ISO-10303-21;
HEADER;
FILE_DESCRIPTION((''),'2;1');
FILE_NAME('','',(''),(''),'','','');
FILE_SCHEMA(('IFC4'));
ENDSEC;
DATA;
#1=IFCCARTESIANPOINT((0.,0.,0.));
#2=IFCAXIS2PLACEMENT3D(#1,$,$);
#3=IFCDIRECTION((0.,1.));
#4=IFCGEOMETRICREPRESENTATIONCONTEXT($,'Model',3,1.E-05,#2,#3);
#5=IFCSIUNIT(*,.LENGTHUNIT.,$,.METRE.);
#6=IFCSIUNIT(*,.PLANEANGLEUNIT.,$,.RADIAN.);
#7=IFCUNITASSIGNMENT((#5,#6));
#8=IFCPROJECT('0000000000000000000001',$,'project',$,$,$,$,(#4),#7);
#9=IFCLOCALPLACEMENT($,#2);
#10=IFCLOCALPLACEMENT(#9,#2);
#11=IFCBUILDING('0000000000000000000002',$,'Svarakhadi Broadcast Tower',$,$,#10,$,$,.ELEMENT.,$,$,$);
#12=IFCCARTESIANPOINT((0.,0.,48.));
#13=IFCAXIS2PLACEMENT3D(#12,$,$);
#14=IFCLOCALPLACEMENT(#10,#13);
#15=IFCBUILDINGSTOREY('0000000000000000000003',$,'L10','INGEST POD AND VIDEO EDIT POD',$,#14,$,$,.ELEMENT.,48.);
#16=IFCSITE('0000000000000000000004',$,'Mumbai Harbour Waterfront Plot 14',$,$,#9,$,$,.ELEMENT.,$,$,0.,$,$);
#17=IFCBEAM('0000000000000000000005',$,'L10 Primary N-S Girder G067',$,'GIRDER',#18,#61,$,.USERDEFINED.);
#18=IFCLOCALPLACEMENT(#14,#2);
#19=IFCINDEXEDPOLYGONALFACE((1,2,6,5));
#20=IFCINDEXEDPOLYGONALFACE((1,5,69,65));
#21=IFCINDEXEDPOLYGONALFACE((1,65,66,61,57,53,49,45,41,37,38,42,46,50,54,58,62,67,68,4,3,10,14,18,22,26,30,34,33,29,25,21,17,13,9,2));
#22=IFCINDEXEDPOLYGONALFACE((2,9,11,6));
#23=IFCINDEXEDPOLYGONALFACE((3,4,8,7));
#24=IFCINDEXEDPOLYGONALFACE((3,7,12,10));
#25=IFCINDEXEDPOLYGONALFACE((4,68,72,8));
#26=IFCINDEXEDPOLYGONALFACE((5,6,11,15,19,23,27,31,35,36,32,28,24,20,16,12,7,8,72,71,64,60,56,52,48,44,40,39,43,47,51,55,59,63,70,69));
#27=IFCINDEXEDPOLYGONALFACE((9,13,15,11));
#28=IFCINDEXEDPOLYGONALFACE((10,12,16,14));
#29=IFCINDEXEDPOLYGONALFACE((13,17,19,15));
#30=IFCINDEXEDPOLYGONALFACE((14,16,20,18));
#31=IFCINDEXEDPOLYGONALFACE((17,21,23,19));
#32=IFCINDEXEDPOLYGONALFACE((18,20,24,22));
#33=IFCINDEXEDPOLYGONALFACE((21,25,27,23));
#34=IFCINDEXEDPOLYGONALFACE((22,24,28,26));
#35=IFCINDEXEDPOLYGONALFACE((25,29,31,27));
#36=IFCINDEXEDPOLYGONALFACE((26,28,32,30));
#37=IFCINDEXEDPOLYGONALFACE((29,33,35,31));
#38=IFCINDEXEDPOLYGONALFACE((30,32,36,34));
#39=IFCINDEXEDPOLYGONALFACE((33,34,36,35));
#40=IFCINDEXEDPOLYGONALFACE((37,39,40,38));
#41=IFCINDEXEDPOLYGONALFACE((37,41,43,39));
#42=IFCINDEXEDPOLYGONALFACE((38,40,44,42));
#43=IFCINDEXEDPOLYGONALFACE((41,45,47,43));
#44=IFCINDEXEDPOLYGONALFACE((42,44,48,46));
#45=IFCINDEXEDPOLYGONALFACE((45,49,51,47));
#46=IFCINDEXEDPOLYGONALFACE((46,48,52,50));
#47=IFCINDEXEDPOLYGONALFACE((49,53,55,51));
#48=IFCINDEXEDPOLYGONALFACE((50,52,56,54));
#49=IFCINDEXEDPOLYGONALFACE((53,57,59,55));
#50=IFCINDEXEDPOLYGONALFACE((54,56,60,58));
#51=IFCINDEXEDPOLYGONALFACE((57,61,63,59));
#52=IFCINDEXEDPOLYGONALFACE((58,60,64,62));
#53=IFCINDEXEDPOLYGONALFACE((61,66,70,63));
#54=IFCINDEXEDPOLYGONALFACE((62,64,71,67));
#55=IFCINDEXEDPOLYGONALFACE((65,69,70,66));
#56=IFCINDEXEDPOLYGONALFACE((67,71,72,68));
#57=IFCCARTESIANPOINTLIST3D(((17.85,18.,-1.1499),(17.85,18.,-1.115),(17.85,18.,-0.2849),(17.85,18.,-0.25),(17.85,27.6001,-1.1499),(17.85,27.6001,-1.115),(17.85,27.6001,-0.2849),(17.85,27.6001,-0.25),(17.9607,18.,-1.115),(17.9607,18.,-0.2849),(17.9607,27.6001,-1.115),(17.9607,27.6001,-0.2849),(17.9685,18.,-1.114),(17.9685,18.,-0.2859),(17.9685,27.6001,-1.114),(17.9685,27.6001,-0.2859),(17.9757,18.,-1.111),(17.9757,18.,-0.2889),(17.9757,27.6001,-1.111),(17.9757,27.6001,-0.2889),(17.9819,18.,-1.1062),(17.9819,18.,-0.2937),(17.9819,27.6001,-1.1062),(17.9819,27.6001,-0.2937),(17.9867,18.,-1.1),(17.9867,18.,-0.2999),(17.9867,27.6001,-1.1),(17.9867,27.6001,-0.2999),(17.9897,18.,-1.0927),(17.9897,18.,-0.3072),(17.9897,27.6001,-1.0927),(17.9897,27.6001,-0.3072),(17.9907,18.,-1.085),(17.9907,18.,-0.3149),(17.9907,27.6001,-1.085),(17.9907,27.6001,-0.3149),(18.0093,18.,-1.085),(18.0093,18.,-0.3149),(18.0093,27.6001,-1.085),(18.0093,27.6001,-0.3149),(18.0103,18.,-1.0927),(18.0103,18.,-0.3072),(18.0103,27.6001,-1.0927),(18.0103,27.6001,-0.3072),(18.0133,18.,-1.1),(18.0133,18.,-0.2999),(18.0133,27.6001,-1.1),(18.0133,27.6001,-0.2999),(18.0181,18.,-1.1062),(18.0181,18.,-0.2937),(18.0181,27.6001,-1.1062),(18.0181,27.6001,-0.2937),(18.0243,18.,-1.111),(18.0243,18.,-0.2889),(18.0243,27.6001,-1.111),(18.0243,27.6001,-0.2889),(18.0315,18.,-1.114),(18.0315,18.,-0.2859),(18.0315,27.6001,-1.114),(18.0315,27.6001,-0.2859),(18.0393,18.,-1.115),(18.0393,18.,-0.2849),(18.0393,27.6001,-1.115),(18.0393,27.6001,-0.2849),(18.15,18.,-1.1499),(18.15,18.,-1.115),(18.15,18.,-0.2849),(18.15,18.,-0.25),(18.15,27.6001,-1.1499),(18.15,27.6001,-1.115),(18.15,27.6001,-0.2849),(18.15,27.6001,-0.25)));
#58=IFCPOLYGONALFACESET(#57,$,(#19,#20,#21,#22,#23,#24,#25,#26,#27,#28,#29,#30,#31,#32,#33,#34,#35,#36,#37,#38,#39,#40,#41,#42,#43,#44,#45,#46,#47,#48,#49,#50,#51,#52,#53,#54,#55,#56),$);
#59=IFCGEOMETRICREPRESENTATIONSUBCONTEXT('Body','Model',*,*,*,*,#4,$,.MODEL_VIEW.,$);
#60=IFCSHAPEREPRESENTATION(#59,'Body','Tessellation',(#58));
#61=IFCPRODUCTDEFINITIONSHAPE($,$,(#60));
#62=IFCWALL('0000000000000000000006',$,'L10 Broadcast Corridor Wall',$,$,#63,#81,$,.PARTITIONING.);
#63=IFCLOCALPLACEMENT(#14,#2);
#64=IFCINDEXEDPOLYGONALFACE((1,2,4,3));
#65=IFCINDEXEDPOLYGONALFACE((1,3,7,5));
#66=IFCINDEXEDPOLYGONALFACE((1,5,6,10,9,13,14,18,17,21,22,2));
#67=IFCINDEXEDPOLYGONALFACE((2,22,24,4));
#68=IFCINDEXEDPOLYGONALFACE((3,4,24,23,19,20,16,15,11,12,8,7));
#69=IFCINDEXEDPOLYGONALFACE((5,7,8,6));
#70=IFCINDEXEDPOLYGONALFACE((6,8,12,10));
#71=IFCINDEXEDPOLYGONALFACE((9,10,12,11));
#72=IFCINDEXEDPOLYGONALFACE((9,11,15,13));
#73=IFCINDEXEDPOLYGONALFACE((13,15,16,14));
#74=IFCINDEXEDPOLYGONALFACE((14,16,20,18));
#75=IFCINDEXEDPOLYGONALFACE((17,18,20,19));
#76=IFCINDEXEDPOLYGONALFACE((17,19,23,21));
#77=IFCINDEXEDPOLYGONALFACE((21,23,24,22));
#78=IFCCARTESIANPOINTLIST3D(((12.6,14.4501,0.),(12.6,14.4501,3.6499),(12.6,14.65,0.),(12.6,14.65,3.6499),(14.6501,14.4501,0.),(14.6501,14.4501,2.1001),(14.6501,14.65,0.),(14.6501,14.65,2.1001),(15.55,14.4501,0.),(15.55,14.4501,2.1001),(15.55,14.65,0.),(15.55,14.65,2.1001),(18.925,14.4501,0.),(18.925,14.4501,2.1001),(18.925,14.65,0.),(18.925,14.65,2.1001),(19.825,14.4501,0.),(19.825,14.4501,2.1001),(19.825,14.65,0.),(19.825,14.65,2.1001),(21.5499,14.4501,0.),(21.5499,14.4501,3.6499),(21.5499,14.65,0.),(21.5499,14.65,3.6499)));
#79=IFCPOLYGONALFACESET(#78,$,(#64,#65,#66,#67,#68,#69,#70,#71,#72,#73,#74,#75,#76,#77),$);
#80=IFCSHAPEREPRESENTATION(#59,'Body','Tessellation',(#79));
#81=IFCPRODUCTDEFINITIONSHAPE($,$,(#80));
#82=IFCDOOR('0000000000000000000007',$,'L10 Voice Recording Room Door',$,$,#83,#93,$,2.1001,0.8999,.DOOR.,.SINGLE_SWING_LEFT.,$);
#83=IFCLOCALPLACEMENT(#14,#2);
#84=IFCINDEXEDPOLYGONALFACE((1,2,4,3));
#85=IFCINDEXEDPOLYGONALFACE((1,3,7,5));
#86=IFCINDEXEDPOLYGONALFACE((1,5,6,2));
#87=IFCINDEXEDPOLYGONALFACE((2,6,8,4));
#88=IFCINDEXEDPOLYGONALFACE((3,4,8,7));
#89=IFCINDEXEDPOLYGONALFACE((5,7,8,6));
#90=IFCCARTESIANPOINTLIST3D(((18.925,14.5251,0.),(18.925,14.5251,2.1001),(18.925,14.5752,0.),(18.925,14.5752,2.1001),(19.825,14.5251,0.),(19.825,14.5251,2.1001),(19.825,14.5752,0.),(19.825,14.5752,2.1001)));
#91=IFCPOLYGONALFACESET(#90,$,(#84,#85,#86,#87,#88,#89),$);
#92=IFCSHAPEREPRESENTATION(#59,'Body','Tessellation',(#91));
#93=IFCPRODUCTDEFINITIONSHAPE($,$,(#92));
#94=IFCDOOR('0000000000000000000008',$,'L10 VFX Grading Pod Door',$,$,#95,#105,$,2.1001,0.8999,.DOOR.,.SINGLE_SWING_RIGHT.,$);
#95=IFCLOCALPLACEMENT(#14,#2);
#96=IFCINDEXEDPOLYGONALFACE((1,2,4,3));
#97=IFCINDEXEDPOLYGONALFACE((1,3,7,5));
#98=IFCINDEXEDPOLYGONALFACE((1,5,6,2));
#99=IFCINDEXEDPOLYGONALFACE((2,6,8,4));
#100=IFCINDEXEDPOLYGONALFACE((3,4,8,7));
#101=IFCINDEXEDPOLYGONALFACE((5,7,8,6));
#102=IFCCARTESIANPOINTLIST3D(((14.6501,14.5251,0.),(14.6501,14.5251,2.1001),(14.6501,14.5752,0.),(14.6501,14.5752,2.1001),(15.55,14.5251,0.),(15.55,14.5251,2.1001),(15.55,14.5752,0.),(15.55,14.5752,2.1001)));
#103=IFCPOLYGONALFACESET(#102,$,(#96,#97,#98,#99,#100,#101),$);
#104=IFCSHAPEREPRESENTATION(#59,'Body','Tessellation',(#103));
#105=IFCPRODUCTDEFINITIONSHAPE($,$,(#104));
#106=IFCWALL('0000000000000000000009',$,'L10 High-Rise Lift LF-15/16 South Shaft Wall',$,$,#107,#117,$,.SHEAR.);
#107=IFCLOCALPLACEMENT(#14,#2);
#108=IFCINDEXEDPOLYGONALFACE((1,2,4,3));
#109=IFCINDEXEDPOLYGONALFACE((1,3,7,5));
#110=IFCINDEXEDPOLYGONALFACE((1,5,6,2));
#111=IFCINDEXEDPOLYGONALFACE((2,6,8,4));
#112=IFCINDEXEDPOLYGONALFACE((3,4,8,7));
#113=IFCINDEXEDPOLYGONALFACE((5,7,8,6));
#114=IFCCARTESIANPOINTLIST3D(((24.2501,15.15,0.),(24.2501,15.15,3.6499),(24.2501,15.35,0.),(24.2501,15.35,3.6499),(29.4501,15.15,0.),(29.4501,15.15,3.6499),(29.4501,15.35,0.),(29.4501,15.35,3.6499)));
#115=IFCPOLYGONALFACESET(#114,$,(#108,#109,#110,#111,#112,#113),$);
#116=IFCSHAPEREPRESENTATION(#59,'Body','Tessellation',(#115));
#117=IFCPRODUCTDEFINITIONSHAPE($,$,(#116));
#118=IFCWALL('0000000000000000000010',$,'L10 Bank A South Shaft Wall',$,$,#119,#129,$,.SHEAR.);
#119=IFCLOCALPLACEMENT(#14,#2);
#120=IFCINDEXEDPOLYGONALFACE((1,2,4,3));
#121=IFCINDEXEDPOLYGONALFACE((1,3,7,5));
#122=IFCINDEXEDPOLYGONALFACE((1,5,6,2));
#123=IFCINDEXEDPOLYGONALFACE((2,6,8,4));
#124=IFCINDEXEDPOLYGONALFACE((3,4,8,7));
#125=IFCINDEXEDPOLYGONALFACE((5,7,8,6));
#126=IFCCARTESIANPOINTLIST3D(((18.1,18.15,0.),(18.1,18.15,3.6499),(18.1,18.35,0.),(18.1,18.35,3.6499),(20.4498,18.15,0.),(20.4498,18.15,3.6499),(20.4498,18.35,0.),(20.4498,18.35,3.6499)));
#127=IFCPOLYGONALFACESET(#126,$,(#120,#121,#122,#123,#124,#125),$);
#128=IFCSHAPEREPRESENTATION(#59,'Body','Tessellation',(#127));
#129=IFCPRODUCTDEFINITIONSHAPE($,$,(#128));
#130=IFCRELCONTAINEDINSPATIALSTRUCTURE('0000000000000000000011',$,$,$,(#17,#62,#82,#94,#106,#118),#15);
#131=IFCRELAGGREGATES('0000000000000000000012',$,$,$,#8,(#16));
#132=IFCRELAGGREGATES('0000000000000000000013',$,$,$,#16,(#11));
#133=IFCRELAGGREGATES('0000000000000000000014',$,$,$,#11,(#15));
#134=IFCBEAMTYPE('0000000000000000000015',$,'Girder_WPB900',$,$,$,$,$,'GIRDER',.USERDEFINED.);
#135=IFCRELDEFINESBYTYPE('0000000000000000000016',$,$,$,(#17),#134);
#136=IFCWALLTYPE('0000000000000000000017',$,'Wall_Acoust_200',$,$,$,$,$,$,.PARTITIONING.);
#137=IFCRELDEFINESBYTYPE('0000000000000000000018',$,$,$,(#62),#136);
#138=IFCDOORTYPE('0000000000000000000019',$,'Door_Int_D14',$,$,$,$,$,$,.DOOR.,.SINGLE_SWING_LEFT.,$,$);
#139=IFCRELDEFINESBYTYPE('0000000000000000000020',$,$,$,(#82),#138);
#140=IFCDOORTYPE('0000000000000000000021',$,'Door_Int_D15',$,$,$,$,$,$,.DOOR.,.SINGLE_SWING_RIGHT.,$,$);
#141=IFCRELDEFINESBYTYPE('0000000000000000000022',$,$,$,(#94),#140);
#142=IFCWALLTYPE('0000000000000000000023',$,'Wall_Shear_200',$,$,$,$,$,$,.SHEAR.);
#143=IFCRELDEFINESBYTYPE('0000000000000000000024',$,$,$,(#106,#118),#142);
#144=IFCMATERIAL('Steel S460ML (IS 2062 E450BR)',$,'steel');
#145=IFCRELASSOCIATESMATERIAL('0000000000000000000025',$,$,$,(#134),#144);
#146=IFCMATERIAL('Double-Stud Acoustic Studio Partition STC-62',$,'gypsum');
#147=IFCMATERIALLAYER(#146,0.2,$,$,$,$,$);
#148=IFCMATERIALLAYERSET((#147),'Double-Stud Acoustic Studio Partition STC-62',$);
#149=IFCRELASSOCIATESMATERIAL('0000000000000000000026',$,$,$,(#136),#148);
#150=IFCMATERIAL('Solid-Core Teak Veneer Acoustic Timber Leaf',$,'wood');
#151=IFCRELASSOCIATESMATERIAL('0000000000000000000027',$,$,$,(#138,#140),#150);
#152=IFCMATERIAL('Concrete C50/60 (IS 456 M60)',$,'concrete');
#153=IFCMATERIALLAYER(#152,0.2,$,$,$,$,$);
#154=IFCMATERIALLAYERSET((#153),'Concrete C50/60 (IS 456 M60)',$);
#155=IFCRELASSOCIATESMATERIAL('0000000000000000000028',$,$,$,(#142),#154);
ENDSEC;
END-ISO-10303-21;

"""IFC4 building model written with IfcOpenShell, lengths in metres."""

from ifc_helpers import new_model, si_unit, direction, frame, frame_2d, origin, origin_2d, place, context, subcontext, project, spatial, rectangle, i_section, extrude, material, layer, layer_set, material_profile, profile_set, type_object, element, fill, save


model = new_model("IFC4")

# Units and contexts
model_context = context("Model", 3, precision=1e-05, world=origin(), true_north=direction((0.0, 1.0)))
body_context = subcontext(model_context, "Body", "Model", "MODEL_VIEW")
ifc_project = project(units=[si_unit("LENGTHUNIT", "METRE"), si_unit("PLANEANGLEUNIT", "RADIAN")], contexts=[model_context])

# Site, building, storey
site_placement = place(None, origin())
site = spatial("IfcSite", under=ifc_project, at=site_placement, Name="Mumbai Harbour Waterfront Plot 14", CompositionType="ELEMENT", RefElevation=0.0)
building_placement = place(site_placement, origin())
building = spatial("IfcBuilding", under=site, at=building_placement, Name="Svarakhadi Broadcast Tower", CompositionType="ELEMENT")
storey_placement = place(building_placement, frame((0.0, 0.0, 48.0)))
storey = spatial("IfcBuildingStorey", under=building, at=storey_placement, Name="L10", Description="INGEST POD AND VIDEO EDIT POD", CompositionType="ELEMENT", Elevation=48.0)

# Beam
ifc_material_1 = material(Name="Steel S460ML (IS 2062 E450BR)", Category="steel")
ifc_material_profile_1 = material_profile(ifc_material_1, i_section(OverallWidth=0.3, OverallDepth=0.8999, WebThickness=0.0186, FlangeThickness=0.0349, FilletRadius=0.03, at=origin_2d()), Name="WPB 900x300x291")
ifc_profile_set_1 = profile_set([ifc_material_profile_1], Name="Steel S460ML (IS 2062 E450BR)")
beam_type_1 = type_object("IfcBeamType", Name="Girder_WPB900", ElementType="GIRDER", PredefinedType="USERDEFINED", material=ifc_profile_set_1)
for number, where, z_axis, x_axis, name in (
    (1, (18.0, 18.0, -0.7), (0.0, 1.0, 0.0), (-1.0, 0.0, 0.0), "L10 Primary N-S Girder G067"),
):
    element("IfcBeam", number, at=place(storey_placement, frame(where, z_axis=z_axis, x_axis=x_axis)), inside=storey, type_object=beam_type_1, Name=name, ObjectType="GIRDER", PredefinedType="USERDEFINED", context=body_context, shape_type="SweptSolid", body=[
        extrude(i_section(OverallWidth=0.3, OverallDepth=0.8999, WebThickness=0.0186, FlangeThickness=0.0349, FilletRadius=0.03, at=origin_2d()), origin(), (0.0, 0.0, 1.0), 9.6001),
    ])

# Wall, openings, doors
ifc_material_2 = material(Name="Double-Stud Acoustic Studio Partition STC-62", Category="gypsum")
ifc_layer_1 = layer(ifc_material_2, 0.2)
ifc_layer_set_1 = layer_set([ifc_layer_1], Name="Double-Stud Acoustic Studio Partition STC-62")
wall_type_1 = type_object("IfcWallType", Name="Wall_Acoust_200", PredefinedType="PARTITIONING", material=ifc_layer_set_1)
wall_1_placement = place(storey_placement, frame((21.55, 14.55, 0.0), z_axis=(0.0, 0.0, 1.0), x_axis=(-1.0, 0.0, 0.0)))
wall_1 = element("IfcWall", 2, at=wall_1_placement, inside=storey, type_object=wall_type_1, Name="L10 Broadcast Corridor Wall", PredefinedType="PARTITIONING", context=body_context, shape_type="SweptSolid", body=[
    extrude(rectangle(XDim=8.95, YDim=0.2, at=frame_2d((4.4751, 0.0))), origin(), (0.0, 0.0, 1.0), 3.6499),
])
opening_1_placement = place(wall_1_placement, frame((6.0, 0.0, 0.0)))
opening_1 = element("IfcOpeningElement", 3, at=opening_1_placement, cuts=wall_1, PredefinedType="OPENING", context=body_context, shape_type="SweptSolid", body=[
    extrude(rectangle(XDim=0.8999, YDim=2.1001, at=frame_2d((0.45, 1.05))), frame((0.0, 0.1099, 0.0), z_axis=(0.0, -1.0, 0.0), x_axis=(1.0, 0.0, 0.0)), (0.0, 0.0, 1.0), 0.22),
])
opening_2_placement = place(wall_1_placement, frame((1.7251, 0.0, 0.0)))
opening_2 = element("IfcOpeningElement", 4, at=opening_2_placement, cuts=wall_1, PredefinedType="OPENING", context=body_context, shape_type="SweptSolid", body=[
    extrude(rectangle(XDim=0.8999, YDim=2.1001, at=frame_2d((0.45, 1.05))), frame((0.0, 0.1099, 0.0), z_axis=(0.0, -1.0, 0.0), x_axis=(1.0, 0.0, 0.0)), (0.0, 0.0, 1.0), 0.22),
])
ifc_material_3 = material(Name="Solid-Core Teak Veneer Acoustic Timber Leaf", Category="wood")
door_type_1 = type_object("IfcDoorType", Name="Door_Int_D14", OperationType="SINGLE_SWING_LEFT", PredefinedType="DOOR", material=ifc_material_3)
door_1_placement = place(opening_2_placement, origin())
door_1 = element("IfcDoor", 5, at=door_1_placement, inside=storey, type_object=door_type_1, Name="L10 Voice Recording Room Door", OperationType="SINGLE_SWING_LEFT", OverallHeight=2.1001, OverallWidth=0.8999, PredefinedType="DOOR", context=body_context, shape_type="SweptSolid", body=[
    extrude(rectangle(XDim=0.8999, YDim=2.1001, at=frame_2d((0.45, 1.05))), frame((0.0, 0.0249, 0.0), z_axis=(0.0, -1.0, 0.0), x_axis=(1.0, 0.0, 0.0)), (0.0, 0.0, 1.0), 0.05),
])
fill(opening_2, door_1)
door_type_2 = type_object("IfcDoorType", Name="Door_Int_D15", OperationType="SINGLE_SWING_RIGHT", PredefinedType="DOOR", material=ifc_material_3)
door_2_placement = place(opening_1_placement, origin())
door_2 = element("IfcDoor", 6, at=door_2_placement, inside=storey, type_object=door_type_2, Name="L10 VFX Grading Pod Door", OperationType="SINGLE_SWING_RIGHT", OverallHeight=2.1001, OverallWidth=0.8999, PredefinedType="DOOR", context=body_context, shape_type="SweptSolid", body=[
    extrude(rectangle(XDim=0.8999, YDim=2.1001, at=frame_2d((0.45, 1.05))), frame((0.0, 0.0249, 0.0), z_axis=(0.0, -1.0, 0.0), x_axis=(1.0, 0.0, 0.0)), (0.0, 0.0, 1.0), 0.05),
])
fill(opening_1, door_2)

# Walls
ifc_material_4 = material(Name="Concrete C50/60 (IS 456 M60)", Category="concrete")
ifc_layer_2 = layer(ifc_material_4, 0.2)
ifc_layer_set_2 = layer_set([ifc_layer_2], Name="Concrete C50/60 (IS 456 M60)")
wall_type_2 = type_object("IfcWallType", Name="Wall_Shear_200", PredefinedType="SHEAR", material=ifc_layer_set_2)
wall_2_placement = place(storey_placement, frame((24.25, 15.25, 0.0), z_axis=(0.0, 0.0, 1.0), x_axis=(1.0, 0.0, 0.0)))
element("IfcWall", 7, at=wall_2_placement, inside=storey, type_object=wall_type_2, Name="L10 High-Rise Lift LF-15/16 South Shaft Wall", PredefinedType="SHEAR", context=body_context, shape_type="SweptSolid", body=[
    extrude(rectangle(XDim=5.2, YDim=0.2, at=frame_2d((2.6001, 0.0))), origin(), (0.0, 0.0, 1.0), 3.6499),
])
wall_3_placement = place(storey_placement, frame((18.1001, 18.25, 0.0), z_axis=(0.0, 0.0, 1.0), x_axis=(1.0, 0.0, 0.0)))
element("IfcWall", 8, at=wall_3_placement, inside=storey, type_object=wall_type_2, Name="L10 Bank A South Shaft Wall", PredefinedType="SHEAR", context=body_context, shape_type="SweptSolid", body=[
    extrude(rectangle(XDim=2.3499, YDim=0.2, at=frame_2d((1.1748, 0.0))), origin(), (0.0, 0.0, 1.0), 3.6499),
])

save(model, "model.ifc")
